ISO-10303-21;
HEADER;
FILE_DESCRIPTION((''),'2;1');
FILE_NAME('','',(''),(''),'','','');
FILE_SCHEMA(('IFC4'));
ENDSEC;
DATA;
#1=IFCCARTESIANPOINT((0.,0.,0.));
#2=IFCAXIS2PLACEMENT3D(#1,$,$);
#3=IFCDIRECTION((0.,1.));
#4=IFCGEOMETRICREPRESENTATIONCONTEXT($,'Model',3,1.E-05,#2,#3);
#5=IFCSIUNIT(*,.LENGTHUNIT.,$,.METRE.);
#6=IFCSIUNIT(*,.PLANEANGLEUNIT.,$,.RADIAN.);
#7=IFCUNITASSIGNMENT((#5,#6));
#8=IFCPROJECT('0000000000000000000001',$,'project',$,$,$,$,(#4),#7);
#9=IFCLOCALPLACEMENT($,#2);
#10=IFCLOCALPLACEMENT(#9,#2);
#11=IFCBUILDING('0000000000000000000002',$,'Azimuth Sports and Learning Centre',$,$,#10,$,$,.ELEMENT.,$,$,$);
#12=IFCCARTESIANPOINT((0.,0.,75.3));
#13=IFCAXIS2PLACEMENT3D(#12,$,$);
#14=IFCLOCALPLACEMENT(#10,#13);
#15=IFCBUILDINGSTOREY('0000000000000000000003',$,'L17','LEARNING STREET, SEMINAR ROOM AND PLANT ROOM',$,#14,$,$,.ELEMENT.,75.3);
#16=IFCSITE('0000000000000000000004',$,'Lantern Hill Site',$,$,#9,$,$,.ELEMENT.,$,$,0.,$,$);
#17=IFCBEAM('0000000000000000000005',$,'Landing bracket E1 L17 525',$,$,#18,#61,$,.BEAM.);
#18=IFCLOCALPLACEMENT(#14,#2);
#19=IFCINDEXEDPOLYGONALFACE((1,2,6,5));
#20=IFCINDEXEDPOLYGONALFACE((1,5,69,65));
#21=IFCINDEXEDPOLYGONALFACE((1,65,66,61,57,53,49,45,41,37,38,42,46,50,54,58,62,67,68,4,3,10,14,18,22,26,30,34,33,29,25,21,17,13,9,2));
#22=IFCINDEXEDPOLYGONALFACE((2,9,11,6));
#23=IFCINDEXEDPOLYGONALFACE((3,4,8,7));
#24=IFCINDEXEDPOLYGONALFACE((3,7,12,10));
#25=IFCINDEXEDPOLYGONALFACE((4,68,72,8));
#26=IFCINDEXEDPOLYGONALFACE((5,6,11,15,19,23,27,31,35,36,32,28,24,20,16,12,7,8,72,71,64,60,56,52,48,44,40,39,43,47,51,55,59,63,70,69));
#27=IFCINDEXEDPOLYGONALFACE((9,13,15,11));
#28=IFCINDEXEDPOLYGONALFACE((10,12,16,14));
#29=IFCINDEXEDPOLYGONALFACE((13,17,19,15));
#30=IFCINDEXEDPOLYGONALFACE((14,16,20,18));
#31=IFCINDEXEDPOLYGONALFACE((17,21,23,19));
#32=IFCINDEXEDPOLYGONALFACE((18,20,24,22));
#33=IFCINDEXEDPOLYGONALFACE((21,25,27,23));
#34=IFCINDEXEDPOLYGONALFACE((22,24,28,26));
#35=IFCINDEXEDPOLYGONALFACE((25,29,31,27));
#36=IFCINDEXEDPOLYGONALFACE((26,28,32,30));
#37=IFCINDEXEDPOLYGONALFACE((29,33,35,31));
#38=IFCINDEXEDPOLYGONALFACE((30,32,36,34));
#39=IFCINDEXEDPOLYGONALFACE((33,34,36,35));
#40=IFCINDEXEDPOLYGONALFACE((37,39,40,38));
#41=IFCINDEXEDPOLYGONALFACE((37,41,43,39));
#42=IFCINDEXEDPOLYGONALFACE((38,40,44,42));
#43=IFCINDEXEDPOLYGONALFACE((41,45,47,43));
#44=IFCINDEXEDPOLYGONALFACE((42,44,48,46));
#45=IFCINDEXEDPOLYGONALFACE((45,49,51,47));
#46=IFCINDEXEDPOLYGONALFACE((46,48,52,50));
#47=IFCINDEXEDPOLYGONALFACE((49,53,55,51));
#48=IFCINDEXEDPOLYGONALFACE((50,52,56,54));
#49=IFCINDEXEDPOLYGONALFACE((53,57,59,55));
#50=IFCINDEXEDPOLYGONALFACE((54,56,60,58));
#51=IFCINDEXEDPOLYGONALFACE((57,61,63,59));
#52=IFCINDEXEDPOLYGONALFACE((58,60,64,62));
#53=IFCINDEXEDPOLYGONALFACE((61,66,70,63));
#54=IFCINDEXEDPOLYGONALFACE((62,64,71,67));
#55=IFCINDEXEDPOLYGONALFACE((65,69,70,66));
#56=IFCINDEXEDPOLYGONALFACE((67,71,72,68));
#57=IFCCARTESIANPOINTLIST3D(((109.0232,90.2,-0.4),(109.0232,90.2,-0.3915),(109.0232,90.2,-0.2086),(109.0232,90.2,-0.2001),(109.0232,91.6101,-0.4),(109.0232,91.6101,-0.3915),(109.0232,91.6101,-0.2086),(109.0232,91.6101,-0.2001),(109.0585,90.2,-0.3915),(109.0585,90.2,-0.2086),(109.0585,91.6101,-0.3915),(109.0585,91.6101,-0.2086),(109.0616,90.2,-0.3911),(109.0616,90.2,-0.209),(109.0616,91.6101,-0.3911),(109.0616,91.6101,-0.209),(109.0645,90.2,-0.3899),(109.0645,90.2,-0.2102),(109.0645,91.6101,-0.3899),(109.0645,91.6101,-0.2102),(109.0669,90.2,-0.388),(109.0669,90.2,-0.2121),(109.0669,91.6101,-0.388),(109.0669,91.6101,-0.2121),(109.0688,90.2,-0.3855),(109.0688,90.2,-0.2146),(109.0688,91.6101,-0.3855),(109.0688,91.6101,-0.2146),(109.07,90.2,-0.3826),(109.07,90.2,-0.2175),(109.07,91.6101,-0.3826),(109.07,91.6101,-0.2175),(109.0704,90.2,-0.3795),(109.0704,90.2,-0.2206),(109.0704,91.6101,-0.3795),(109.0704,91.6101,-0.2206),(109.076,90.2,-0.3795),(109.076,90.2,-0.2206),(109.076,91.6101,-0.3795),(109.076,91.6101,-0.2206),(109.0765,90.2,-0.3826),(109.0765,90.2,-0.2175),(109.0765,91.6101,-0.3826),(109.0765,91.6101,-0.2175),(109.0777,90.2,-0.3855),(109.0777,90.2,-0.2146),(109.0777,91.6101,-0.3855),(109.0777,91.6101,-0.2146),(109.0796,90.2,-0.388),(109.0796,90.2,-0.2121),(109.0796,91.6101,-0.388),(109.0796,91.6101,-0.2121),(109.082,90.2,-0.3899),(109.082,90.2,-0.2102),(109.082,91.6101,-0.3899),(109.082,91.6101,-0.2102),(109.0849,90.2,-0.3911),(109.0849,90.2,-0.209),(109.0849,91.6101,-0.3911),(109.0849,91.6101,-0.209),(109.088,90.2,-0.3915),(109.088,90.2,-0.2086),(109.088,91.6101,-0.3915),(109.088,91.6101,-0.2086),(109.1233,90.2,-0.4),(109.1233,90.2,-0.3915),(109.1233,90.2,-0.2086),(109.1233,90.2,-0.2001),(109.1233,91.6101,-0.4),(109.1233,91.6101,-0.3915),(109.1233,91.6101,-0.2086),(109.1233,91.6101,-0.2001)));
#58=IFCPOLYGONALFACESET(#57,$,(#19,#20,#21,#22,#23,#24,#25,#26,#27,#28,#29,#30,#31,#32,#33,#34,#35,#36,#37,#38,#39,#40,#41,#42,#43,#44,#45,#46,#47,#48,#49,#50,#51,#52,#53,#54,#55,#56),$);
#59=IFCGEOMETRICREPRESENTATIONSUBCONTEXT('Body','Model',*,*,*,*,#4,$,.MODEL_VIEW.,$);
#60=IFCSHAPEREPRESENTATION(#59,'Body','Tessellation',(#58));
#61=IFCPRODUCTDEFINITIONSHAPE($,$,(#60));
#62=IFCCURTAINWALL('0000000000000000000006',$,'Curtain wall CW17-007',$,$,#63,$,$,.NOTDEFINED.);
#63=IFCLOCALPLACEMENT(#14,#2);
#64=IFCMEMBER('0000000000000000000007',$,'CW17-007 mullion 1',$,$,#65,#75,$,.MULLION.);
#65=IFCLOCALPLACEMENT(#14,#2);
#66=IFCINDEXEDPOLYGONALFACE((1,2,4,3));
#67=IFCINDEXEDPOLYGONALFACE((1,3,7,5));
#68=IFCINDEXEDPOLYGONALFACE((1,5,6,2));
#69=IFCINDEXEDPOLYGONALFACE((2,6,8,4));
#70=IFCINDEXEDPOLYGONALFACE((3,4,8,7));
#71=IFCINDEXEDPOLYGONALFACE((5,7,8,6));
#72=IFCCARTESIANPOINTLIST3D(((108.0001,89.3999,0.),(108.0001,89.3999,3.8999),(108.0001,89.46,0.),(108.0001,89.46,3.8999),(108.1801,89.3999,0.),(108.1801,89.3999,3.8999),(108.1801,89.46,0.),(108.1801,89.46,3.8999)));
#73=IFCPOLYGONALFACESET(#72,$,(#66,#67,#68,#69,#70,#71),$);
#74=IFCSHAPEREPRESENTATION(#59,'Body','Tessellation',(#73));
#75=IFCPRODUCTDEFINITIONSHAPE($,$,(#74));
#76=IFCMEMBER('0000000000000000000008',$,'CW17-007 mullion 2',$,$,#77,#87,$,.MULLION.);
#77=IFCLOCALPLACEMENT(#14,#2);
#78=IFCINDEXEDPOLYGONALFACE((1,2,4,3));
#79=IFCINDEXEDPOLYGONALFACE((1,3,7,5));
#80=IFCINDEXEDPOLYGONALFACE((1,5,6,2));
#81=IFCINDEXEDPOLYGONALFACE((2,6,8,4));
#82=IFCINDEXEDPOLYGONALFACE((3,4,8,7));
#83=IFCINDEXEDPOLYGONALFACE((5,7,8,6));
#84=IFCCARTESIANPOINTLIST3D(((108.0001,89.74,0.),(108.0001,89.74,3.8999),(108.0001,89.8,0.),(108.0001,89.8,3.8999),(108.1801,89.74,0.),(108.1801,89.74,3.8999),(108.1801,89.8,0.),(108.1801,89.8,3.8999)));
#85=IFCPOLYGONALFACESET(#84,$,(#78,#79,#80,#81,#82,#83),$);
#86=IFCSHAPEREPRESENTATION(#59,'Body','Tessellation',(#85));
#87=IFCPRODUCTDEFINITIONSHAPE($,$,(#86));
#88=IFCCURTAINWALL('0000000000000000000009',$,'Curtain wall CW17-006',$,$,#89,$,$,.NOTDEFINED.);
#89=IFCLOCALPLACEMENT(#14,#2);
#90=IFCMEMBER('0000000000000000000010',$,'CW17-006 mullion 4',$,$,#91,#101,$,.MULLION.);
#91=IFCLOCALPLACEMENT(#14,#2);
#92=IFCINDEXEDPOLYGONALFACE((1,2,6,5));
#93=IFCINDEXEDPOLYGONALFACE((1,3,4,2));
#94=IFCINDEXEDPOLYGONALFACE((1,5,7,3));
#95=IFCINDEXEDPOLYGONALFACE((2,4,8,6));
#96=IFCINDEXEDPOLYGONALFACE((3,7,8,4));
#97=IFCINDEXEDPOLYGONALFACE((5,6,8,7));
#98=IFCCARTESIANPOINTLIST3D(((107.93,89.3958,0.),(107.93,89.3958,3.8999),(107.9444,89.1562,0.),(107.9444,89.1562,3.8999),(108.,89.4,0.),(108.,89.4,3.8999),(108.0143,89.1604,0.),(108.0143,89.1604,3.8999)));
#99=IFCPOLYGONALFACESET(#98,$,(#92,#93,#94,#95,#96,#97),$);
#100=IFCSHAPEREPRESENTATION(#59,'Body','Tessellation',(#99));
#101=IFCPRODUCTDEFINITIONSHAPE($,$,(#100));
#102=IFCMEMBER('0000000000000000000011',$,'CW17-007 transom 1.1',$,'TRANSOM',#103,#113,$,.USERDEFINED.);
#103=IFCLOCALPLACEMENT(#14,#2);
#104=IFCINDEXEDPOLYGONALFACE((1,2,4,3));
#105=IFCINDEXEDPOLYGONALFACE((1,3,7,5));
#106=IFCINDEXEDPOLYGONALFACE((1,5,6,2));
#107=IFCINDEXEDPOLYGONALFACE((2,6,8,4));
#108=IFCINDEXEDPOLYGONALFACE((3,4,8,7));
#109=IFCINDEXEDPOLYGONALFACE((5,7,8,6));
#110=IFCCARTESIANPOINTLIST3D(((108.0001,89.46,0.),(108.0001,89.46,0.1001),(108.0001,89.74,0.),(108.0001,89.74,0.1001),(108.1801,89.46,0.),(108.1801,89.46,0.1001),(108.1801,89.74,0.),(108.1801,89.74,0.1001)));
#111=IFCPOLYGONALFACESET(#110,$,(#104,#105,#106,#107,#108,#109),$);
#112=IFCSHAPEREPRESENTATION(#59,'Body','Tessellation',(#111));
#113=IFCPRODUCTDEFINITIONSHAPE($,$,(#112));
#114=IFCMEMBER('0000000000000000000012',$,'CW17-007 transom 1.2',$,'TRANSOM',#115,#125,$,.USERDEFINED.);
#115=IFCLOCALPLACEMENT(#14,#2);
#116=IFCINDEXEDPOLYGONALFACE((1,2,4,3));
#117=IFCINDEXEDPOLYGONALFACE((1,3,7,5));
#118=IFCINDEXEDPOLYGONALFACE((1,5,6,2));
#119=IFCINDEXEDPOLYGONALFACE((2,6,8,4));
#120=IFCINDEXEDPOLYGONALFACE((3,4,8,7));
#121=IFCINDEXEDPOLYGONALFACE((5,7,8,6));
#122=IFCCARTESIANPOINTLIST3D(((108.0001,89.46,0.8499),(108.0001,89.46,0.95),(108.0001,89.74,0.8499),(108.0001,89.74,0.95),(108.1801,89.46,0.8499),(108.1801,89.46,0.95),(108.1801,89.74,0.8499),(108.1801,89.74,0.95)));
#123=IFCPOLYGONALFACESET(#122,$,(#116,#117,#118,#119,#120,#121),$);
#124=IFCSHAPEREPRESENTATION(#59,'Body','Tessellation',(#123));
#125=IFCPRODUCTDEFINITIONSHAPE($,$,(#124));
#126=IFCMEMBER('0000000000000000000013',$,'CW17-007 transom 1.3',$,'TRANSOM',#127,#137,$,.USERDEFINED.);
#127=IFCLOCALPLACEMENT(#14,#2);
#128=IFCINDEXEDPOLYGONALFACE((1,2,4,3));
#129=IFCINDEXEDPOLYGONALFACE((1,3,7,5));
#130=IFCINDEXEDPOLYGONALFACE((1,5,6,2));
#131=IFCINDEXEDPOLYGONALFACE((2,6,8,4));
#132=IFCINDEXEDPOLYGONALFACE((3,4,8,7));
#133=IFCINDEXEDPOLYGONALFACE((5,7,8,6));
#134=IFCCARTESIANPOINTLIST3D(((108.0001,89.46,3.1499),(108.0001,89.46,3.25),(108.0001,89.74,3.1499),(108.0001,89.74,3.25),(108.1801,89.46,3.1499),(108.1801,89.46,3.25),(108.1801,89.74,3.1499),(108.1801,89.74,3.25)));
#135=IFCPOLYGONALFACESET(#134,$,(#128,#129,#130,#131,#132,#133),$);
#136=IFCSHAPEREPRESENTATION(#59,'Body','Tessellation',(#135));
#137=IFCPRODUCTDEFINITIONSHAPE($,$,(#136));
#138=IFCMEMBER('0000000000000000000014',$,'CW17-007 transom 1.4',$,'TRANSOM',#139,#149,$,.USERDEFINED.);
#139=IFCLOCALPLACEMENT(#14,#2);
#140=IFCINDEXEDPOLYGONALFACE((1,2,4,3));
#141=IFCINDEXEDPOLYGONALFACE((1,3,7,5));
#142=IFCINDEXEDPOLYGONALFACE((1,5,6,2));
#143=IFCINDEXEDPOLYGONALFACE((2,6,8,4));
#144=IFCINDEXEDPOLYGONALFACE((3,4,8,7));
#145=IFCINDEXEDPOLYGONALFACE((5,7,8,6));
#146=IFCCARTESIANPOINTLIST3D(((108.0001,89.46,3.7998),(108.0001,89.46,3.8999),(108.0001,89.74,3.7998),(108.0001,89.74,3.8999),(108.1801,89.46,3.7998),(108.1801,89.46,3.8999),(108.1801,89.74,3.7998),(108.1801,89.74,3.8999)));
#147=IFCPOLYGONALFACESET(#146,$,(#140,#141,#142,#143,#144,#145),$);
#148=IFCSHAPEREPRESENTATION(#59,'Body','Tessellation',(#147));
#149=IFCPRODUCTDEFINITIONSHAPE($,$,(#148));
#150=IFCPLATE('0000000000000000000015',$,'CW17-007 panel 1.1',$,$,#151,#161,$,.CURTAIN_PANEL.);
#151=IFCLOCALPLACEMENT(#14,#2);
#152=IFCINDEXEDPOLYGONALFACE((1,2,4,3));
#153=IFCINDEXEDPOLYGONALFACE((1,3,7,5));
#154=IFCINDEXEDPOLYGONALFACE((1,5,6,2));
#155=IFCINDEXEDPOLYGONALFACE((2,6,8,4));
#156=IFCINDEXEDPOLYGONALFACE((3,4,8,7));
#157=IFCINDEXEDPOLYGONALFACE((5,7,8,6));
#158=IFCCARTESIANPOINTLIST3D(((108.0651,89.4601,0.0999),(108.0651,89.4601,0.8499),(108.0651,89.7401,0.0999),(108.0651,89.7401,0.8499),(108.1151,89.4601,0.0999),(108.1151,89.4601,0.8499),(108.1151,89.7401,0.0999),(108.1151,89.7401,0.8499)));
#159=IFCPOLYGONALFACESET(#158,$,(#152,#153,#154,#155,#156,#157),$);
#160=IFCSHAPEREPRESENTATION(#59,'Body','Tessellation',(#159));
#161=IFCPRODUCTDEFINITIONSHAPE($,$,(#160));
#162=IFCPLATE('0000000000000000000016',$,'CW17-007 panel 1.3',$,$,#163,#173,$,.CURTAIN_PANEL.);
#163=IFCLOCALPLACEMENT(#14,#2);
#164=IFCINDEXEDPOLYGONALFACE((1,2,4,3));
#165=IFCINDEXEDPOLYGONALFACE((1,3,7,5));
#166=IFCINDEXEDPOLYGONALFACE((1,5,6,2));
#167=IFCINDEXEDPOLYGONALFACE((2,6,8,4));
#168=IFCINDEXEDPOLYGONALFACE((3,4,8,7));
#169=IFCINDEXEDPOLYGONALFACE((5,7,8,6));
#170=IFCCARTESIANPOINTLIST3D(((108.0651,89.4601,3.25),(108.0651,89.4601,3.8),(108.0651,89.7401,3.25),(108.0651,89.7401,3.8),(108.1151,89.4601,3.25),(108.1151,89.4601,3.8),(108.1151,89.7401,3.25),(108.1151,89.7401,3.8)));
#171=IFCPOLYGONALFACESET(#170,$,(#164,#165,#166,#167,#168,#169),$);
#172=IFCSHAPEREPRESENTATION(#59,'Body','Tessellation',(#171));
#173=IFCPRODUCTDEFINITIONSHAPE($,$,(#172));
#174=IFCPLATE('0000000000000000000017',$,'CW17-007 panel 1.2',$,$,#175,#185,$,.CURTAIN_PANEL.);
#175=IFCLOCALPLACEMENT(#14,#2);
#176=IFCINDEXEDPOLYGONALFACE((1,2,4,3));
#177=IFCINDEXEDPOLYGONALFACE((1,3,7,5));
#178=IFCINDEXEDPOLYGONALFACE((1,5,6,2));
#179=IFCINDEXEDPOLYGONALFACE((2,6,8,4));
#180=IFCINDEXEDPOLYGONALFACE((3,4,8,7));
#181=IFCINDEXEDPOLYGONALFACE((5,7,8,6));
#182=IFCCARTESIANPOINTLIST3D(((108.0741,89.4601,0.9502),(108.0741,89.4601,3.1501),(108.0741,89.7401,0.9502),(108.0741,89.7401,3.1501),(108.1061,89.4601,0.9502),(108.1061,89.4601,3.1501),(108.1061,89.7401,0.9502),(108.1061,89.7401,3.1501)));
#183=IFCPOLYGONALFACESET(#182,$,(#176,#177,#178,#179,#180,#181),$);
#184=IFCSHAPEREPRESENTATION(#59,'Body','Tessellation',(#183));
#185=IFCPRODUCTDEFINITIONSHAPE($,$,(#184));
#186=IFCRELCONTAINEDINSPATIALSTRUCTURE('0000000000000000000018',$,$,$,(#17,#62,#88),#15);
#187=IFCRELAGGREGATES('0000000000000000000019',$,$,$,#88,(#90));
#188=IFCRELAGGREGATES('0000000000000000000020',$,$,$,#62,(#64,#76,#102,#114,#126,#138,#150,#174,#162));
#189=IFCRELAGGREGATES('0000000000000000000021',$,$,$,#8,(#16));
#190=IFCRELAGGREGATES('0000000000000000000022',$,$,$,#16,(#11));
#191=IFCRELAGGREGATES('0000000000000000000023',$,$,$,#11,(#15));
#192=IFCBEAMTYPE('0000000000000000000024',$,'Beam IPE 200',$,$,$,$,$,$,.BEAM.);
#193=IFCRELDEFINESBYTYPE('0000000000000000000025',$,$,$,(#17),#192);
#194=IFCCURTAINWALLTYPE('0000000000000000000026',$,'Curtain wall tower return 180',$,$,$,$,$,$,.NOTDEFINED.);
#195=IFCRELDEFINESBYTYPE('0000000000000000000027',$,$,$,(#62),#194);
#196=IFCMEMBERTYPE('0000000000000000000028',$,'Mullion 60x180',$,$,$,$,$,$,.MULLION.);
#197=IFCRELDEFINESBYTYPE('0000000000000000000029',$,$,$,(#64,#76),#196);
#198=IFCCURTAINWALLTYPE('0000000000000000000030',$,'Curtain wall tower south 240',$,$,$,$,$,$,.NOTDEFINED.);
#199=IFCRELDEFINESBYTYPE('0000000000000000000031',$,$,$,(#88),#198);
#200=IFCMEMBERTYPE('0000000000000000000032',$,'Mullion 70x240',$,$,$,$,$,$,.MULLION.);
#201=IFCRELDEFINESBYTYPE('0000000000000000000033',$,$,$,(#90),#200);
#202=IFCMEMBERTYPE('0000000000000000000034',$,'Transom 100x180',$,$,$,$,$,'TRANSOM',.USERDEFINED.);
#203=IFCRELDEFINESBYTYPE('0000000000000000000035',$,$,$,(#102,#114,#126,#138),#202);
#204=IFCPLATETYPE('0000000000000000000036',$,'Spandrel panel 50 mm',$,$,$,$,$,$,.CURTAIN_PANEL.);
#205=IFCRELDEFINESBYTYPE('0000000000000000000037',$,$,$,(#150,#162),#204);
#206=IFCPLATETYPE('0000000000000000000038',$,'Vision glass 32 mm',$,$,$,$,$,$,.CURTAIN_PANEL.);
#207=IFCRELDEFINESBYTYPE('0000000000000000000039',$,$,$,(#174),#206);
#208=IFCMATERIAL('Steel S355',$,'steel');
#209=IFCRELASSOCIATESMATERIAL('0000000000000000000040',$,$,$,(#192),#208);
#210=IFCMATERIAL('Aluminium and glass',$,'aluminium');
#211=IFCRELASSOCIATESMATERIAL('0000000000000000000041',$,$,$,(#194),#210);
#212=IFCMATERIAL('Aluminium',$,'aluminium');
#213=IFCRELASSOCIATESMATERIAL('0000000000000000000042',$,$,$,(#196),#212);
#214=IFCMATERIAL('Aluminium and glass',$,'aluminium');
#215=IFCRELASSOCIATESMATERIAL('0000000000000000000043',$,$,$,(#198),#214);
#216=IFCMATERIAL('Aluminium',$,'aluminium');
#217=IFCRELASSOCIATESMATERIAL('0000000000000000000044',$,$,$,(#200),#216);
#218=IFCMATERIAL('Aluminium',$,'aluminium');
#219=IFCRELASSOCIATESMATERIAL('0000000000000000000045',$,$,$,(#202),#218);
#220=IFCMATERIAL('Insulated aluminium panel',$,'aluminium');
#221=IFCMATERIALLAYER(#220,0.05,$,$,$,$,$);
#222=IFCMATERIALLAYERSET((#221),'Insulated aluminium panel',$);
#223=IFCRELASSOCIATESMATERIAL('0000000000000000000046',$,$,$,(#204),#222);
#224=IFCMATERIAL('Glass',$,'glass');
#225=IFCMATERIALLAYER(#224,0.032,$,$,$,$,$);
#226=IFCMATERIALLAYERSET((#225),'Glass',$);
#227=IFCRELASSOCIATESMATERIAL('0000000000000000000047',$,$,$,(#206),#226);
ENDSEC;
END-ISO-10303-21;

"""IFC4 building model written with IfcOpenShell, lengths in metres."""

from ifc_helpers import new_model, si_unit, direction, frame, origin, origin_2d, place, context, subcontext, project, spatial, rectangle, i_section, extrude, material, layer, layer_set, material_profile, profile_set, type_object, element, aggregate, save


model = new_model("IFC4")

# Units and contexts
model_context = context("Model", 3, precision=1e-05, world=origin(), true_north=direction((0.0, 1.0)))
body_context = subcontext(model_context, "Body", "Model", "MODEL_VIEW")
ifc_project = project(units=[si_unit("LENGTHUNIT", "METRE"), si_unit("PLANEANGLEUNIT", "RADIAN")], contexts=[model_context])

# Site, building, storey
site_placement = place(None, origin())
site = spatial("IfcSite", under=ifc_project, at=site_placement, Name="Lantern Hill Site", CompositionType="ELEMENT", RefElevation=0.0)
building_placement = place(site_placement, origin())
building = spatial("IfcBuilding", under=site, at=building_placement, Name="Azimuth Sports and Learning Centre", CompositionType="ELEMENT")
storey_placement = place(building_placement, frame((0.0, 0.0, 75.3)))
storey = spatial("IfcBuildingStorey", under=building, at=storey_placement, Name="L17", Description="LEARNING STREET, SEMINAR ROOM AND PLANT ROOM", CompositionType="ELEMENT", Elevation=75.3)

# Beam
ifc_material_1 = material(Name="Steel S355", Category="steel")
ifc_material_profile_1 = material_profile(ifc_material_1, i_section(OverallWidth=0.1001, OverallDepth=0.2, WebThickness=0.0056, FlangeThickness=0.0085, FilletRadius=0.012, at=origin_2d()), Name="IPE 200")
ifc_profile_set_1 = profile_set([ifc_material_profile_1], Name="Steel S355")
beam_type = type_object("IfcBeamType", Name="Beam IPE 200", PredefinedType="BEAM", material=ifc_profile_set_1)
beam_placement = place(storey_placement, frame((109.0732, 90.2, -0.3), z_axis=(0.0, 1.0, 0.0), x_axis=(-1.0, 0.0, 0.0)))
element("IfcBeam", 1, at=beam_placement, inside=storey, type_object=beam_type, Name="Landing bracket E1 L17 525", PredefinedType="BEAM", context=body_context, shape_type="SweptSolid", body=[
    extrude(i_section(OverallWidth=0.1001, OverallDepth=0.2, WebThickness=0.0056, FlangeThickness=0.0085, FilletRadius=0.012, at=origin_2d()), origin(), (0.0, 0.0, 1.0), 1.4102),
])

# Curtain wall, members
ifc_material_2 = material(Name="Aluminium and glass", Category="aluminium")
curtain_wall_type_1 = type_object("IfcCurtainWallType", Name="Curtain wall tower return 180", PredefinedType="NOTDEFINED", material=ifc_material_2)
curtain_wall_1_placement = place(storey_placement, origin())
curtain_wall_1 = element("IfcCurtainWall", 2, at=curtain_wall_1_placement, inside=storey, type_object=curtain_wall_type_1, Name="Curtain wall CW17-007", PredefinedType="NOTDEFINED")
ifc_material_3 = material(Name="Aluminium", Category="aluminium")
ifc_material_profile_2 = material_profile(ifc_material_3, rectangle(XDim=0.1799, YDim=0.0601, at=origin_2d()), Name="Mullion 60x180")
ifc_profile_set_2 = profile_set([ifc_material_profile_2], Name="Aluminium")
member_type_1 = type_object("IfcMemberType", Name="Mullion 60x180", PredefinedType="MULLION", material=ifc_profile_set_2)
member_1_placement = place(storey_placement, frame((108.0901, 89.4299, 0.0), z_axis=(0.0, 0.0, 1.0), x_axis=(-1.0, 0.0, 0.0)))
member_1 = element("IfcMember", 3, at=member_1_placement, type_object=member_type_1, Name="CW17-007 mullion 1", PredefinedType="MULLION", context=body_context, shape_type="SweptSolid", body=[
    extrude(rectangle(XDim=0.1799, YDim=0.0601, at=origin_2d()), origin(), (0.0, 0.0, 1.0), 3.8999),
])
member_2_placement = place(storey_placement, frame((108.0901, 89.77, 0.0), z_axis=(0.0, 0.0, 1.0), x_axis=(-1.0, 0.0, 0.0)))
member_2 = element("IfcMember", 4, at=member_2_placement, type_object=member_type_1, Name="CW17-007 mullion 2", PredefinedType="MULLION", context=body_context, shape_type="SweptSolid", body=[
    extrude(rectangle(XDim=0.1799, YDim=0.0601, at=origin_2d()), origin(), (0.0, 0.0, 1.0), 3.8999),
])

# Curtain wall, member
ifc_material_4 = material(Name="Aluminium and glass", Category="aluminium")
curtain_wall_type_2 = type_object("IfcCurtainWallType", Name="Curtain wall tower south 240", PredefinedType="NOTDEFINED", material=ifc_material_4)
curtain_wall_2_placement = place(storey_placement, origin())
curtain_wall_2 = element("IfcCurtainWall", 5, at=curtain_wall_2_placement, inside=storey, type_object=curtain_wall_type_2, Name="Curtain wall CW17-006", PredefinedType="NOTDEFINED")
ifc_material_5 = material(Name="Aluminium", Category="aluminium")
ifc_material_profile_3 = material_profile(ifc_material_5, rectangle(XDim=0.24, YDim=0.0701, at=origin_2d()), Name="Mullion 70x240")
ifc_profile_set_3 = profile_set([ifc_material_profile_3], Name="Aluminium")
member_type_2 = type_object("IfcMemberType", Name="Mullion 70x240", PredefinedType="MULLION", material=ifc_profile_set_3)
member_3_placement = place(storey_placement, frame((107.9722, 89.2781, 0.0), z_axis=(0.0, 0.0, 1.0), x_axis=(-0.059892, 0.998205, 0.0)))
member_3 = element("IfcMember", 6, at=member_3_placement, type_object=member_type_2, Name="CW17-006 mullion 4", PredefinedType="MULLION", context=body_context, shape_type="SweptSolid", body=[
    extrude(rectangle(XDim=0.24, YDim=0.0701, at=origin_2d()), origin(), (0.0, 0.0, 1.0), 3.8999),
])
aggregate(curtain_wall_2, [member_3])

# Members
ifc_material_6 = material(Name="Aluminium", Category="aluminium")
ifc_material_profile_4 = material_profile(ifc_material_6, rectangle(XDim=0.1799, YDim=0.1001, at=origin_2d()), Name="Transom 100x180")
ifc_profile_set_4 = profile_set([ifc_material_profile_4], Name="Aluminium")
member_type_3 = type_object("IfcMemberType", Name="Transom 100x180", ElementType="TRANSOM", PredefinedType="USERDEFINED", material=ifc_profile_set_4)
member_4_placement = place(storey_placement, frame((108.0901, 89.46, 0.05), z_axis=(0.0, 1.0, 0.0), x_axis=(-1.0, 0.0, 0.0)))
member_4 = element("IfcMember", 7, at=member_4_placement, type_object=member_type_3, Name="CW17-007 transom 1.1", ObjectType="TRANSOM", PredefinedType="USERDEFINED", context=body_context, shape_type="SweptSolid", body=[
    extrude(rectangle(XDim=0.1799, YDim=0.1001, at=origin_2d()), origin(), (0.0, 0.0, 1.0), 0.28),
])
member_5_placement = place(storey_placement, frame((108.0901, 89.46, 0.8999), z_axis=(0.0, 1.0, 0.0), x_axis=(-1.0, 0.0, 0.0)))
member_5 = element("IfcMember", 8, at=member_5_placement, type_object=member_type_3, Name="CW17-007 transom 1.2", ObjectType="TRANSOM", PredefinedType="USERDEFINED", context=body_context, shape_type="SweptSolid", body=[
    extrude(rectangle(XDim=0.1799, YDim=0.1001, at=origin_2d()), origin(), (0.0, 0.0, 1.0), 0.28),
])
member_6_placement = place(storey_placement, frame((108.0901, 89.46, 3.2), z_axis=(0.0, 1.0, 0.0), x_axis=(-1.0, 0.0, 0.0)))
member_6 = element("IfcMember", 9, at=member_6_placement, type_object=member_type_3, Name="CW17-007 transom 1.3", ObjectType="TRANSOM", PredefinedType="USERDEFINED", context=body_context, shape_type="SweptSolid", body=[
    extrude(rectangle(XDim=0.1799, YDim=0.1001, at=origin_2d()), origin(), (0.0, 0.0, 1.0), 0.28),
])
member_7_placement = place(storey_placement, frame((108.0901, 89.46, 3.8499), z_axis=(0.0, 1.0, 0.0), x_axis=(-1.0, 0.0, 0.0)))
member_7 = element("IfcMember", 10, at=member_7_placement, type_object=member_type_3, Name="CW17-007 transom 1.4", ObjectType="TRANSOM", PredefinedType="USERDEFINED", context=body_context, shape_type="SweptSolid", body=[
    extrude(rectangle(XDim=0.1799, YDim=0.1001, at=origin_2d()), origin(), (0.0, 0.0, 1.0), 0.28),
])

# Plates
ifc_material_7 = material(Name="Insulated aluminium panel", Category="aluminium")
ifc_layer_1 = layer(ifc_material_7, 0.05)
ifc_layer_set_1 = layer_set([ifc_layer_1], Name="Insulated aluminium panel")
plate_type_1 = type_object("IfcPlateType", Name="Spandrel panel 50 mm", PredefinedType="CURTAIN_PANEL", material=ifc_layer_set_1)
plate_1_placement = place(storey_placement, frame((108.0901, 89.6001, 0.0999), z_axis=(0.0, 0.0, 1.0), x_axis=(0.0, 1.0, 0.0)))
plate_1 = element("IfcPlate", 11, at=plate_1_placement, type_object=plate_type_1, Name="CW17-007 panel 1.1", PredefinedType="CURTAIN_PANEL", context=body_context, shape_type="SweptSolid", body=[
    extrude(rectangle(XDim=0.28, YDim=0.05, at=origin_2d()), origin(), (0.0, 0.0, 1.0), 0.75),
])
plate_2_placement = place(storey_placement, frame((108.0901, 89.6001, 3.25), z_axis=(0.0, 0.0, 1.0), x_axis=(0.0, 1.0, 0.0)))
plate_2 = element("IfcPlate", 12, at=plate_2_placement, type_object=plate_type_1, Name="CW17-007 panel 1.3", PredefinedType="CURTAIN_PANEL", context=body_context, shape_type="SweptSolid", body=[
    extrude(rectangle(XDim=0.28, YDim=0.05, at=origin_2d()), origin(), (0.0, 0.0, 1.0), 0.55),
])
ifc_material_8 = material(Name="Glass", Category="glass")
ifc_layer_2 = layer(ifc_material_8, 0.032)
ifc_layer_set_2 = layer_set([ifc_layer_2], Name="Glass")
plate_type_2 = type_object("IfcPlateType", Name="Vision glass 32 mm", PredefinedType="CURTAIN_PANEL", material=ifc_layer_set_2)
plate_3_placement = place(storey_placement, frame((108.0901, 89.6001, 0.9502), z_axis=(0.0, 0.0, 1.0), x_axis=(0.0, 1.0, 0.0)))
plate_3 = element("IfcPlate", 13, at=plate_3_placement, type_object=plate_type_2, Name="CW17-007 panel 1.2", PredefinedType="CURTAIN_PANEL", context=body_context, shape_type="SweptSolid", body=[
    extrude(rectangle(XDim=0.28, YDim=0.032, at=origin_2d()), origin(), (0.0, 0.0, 1.0), 2.2),
])
aggregate(curtain_wall_1, [member_1, member_2, member_4, member_5, member_6, member_7, plate_1, plate_3, plate_2])

save(model, "model.ifc")
